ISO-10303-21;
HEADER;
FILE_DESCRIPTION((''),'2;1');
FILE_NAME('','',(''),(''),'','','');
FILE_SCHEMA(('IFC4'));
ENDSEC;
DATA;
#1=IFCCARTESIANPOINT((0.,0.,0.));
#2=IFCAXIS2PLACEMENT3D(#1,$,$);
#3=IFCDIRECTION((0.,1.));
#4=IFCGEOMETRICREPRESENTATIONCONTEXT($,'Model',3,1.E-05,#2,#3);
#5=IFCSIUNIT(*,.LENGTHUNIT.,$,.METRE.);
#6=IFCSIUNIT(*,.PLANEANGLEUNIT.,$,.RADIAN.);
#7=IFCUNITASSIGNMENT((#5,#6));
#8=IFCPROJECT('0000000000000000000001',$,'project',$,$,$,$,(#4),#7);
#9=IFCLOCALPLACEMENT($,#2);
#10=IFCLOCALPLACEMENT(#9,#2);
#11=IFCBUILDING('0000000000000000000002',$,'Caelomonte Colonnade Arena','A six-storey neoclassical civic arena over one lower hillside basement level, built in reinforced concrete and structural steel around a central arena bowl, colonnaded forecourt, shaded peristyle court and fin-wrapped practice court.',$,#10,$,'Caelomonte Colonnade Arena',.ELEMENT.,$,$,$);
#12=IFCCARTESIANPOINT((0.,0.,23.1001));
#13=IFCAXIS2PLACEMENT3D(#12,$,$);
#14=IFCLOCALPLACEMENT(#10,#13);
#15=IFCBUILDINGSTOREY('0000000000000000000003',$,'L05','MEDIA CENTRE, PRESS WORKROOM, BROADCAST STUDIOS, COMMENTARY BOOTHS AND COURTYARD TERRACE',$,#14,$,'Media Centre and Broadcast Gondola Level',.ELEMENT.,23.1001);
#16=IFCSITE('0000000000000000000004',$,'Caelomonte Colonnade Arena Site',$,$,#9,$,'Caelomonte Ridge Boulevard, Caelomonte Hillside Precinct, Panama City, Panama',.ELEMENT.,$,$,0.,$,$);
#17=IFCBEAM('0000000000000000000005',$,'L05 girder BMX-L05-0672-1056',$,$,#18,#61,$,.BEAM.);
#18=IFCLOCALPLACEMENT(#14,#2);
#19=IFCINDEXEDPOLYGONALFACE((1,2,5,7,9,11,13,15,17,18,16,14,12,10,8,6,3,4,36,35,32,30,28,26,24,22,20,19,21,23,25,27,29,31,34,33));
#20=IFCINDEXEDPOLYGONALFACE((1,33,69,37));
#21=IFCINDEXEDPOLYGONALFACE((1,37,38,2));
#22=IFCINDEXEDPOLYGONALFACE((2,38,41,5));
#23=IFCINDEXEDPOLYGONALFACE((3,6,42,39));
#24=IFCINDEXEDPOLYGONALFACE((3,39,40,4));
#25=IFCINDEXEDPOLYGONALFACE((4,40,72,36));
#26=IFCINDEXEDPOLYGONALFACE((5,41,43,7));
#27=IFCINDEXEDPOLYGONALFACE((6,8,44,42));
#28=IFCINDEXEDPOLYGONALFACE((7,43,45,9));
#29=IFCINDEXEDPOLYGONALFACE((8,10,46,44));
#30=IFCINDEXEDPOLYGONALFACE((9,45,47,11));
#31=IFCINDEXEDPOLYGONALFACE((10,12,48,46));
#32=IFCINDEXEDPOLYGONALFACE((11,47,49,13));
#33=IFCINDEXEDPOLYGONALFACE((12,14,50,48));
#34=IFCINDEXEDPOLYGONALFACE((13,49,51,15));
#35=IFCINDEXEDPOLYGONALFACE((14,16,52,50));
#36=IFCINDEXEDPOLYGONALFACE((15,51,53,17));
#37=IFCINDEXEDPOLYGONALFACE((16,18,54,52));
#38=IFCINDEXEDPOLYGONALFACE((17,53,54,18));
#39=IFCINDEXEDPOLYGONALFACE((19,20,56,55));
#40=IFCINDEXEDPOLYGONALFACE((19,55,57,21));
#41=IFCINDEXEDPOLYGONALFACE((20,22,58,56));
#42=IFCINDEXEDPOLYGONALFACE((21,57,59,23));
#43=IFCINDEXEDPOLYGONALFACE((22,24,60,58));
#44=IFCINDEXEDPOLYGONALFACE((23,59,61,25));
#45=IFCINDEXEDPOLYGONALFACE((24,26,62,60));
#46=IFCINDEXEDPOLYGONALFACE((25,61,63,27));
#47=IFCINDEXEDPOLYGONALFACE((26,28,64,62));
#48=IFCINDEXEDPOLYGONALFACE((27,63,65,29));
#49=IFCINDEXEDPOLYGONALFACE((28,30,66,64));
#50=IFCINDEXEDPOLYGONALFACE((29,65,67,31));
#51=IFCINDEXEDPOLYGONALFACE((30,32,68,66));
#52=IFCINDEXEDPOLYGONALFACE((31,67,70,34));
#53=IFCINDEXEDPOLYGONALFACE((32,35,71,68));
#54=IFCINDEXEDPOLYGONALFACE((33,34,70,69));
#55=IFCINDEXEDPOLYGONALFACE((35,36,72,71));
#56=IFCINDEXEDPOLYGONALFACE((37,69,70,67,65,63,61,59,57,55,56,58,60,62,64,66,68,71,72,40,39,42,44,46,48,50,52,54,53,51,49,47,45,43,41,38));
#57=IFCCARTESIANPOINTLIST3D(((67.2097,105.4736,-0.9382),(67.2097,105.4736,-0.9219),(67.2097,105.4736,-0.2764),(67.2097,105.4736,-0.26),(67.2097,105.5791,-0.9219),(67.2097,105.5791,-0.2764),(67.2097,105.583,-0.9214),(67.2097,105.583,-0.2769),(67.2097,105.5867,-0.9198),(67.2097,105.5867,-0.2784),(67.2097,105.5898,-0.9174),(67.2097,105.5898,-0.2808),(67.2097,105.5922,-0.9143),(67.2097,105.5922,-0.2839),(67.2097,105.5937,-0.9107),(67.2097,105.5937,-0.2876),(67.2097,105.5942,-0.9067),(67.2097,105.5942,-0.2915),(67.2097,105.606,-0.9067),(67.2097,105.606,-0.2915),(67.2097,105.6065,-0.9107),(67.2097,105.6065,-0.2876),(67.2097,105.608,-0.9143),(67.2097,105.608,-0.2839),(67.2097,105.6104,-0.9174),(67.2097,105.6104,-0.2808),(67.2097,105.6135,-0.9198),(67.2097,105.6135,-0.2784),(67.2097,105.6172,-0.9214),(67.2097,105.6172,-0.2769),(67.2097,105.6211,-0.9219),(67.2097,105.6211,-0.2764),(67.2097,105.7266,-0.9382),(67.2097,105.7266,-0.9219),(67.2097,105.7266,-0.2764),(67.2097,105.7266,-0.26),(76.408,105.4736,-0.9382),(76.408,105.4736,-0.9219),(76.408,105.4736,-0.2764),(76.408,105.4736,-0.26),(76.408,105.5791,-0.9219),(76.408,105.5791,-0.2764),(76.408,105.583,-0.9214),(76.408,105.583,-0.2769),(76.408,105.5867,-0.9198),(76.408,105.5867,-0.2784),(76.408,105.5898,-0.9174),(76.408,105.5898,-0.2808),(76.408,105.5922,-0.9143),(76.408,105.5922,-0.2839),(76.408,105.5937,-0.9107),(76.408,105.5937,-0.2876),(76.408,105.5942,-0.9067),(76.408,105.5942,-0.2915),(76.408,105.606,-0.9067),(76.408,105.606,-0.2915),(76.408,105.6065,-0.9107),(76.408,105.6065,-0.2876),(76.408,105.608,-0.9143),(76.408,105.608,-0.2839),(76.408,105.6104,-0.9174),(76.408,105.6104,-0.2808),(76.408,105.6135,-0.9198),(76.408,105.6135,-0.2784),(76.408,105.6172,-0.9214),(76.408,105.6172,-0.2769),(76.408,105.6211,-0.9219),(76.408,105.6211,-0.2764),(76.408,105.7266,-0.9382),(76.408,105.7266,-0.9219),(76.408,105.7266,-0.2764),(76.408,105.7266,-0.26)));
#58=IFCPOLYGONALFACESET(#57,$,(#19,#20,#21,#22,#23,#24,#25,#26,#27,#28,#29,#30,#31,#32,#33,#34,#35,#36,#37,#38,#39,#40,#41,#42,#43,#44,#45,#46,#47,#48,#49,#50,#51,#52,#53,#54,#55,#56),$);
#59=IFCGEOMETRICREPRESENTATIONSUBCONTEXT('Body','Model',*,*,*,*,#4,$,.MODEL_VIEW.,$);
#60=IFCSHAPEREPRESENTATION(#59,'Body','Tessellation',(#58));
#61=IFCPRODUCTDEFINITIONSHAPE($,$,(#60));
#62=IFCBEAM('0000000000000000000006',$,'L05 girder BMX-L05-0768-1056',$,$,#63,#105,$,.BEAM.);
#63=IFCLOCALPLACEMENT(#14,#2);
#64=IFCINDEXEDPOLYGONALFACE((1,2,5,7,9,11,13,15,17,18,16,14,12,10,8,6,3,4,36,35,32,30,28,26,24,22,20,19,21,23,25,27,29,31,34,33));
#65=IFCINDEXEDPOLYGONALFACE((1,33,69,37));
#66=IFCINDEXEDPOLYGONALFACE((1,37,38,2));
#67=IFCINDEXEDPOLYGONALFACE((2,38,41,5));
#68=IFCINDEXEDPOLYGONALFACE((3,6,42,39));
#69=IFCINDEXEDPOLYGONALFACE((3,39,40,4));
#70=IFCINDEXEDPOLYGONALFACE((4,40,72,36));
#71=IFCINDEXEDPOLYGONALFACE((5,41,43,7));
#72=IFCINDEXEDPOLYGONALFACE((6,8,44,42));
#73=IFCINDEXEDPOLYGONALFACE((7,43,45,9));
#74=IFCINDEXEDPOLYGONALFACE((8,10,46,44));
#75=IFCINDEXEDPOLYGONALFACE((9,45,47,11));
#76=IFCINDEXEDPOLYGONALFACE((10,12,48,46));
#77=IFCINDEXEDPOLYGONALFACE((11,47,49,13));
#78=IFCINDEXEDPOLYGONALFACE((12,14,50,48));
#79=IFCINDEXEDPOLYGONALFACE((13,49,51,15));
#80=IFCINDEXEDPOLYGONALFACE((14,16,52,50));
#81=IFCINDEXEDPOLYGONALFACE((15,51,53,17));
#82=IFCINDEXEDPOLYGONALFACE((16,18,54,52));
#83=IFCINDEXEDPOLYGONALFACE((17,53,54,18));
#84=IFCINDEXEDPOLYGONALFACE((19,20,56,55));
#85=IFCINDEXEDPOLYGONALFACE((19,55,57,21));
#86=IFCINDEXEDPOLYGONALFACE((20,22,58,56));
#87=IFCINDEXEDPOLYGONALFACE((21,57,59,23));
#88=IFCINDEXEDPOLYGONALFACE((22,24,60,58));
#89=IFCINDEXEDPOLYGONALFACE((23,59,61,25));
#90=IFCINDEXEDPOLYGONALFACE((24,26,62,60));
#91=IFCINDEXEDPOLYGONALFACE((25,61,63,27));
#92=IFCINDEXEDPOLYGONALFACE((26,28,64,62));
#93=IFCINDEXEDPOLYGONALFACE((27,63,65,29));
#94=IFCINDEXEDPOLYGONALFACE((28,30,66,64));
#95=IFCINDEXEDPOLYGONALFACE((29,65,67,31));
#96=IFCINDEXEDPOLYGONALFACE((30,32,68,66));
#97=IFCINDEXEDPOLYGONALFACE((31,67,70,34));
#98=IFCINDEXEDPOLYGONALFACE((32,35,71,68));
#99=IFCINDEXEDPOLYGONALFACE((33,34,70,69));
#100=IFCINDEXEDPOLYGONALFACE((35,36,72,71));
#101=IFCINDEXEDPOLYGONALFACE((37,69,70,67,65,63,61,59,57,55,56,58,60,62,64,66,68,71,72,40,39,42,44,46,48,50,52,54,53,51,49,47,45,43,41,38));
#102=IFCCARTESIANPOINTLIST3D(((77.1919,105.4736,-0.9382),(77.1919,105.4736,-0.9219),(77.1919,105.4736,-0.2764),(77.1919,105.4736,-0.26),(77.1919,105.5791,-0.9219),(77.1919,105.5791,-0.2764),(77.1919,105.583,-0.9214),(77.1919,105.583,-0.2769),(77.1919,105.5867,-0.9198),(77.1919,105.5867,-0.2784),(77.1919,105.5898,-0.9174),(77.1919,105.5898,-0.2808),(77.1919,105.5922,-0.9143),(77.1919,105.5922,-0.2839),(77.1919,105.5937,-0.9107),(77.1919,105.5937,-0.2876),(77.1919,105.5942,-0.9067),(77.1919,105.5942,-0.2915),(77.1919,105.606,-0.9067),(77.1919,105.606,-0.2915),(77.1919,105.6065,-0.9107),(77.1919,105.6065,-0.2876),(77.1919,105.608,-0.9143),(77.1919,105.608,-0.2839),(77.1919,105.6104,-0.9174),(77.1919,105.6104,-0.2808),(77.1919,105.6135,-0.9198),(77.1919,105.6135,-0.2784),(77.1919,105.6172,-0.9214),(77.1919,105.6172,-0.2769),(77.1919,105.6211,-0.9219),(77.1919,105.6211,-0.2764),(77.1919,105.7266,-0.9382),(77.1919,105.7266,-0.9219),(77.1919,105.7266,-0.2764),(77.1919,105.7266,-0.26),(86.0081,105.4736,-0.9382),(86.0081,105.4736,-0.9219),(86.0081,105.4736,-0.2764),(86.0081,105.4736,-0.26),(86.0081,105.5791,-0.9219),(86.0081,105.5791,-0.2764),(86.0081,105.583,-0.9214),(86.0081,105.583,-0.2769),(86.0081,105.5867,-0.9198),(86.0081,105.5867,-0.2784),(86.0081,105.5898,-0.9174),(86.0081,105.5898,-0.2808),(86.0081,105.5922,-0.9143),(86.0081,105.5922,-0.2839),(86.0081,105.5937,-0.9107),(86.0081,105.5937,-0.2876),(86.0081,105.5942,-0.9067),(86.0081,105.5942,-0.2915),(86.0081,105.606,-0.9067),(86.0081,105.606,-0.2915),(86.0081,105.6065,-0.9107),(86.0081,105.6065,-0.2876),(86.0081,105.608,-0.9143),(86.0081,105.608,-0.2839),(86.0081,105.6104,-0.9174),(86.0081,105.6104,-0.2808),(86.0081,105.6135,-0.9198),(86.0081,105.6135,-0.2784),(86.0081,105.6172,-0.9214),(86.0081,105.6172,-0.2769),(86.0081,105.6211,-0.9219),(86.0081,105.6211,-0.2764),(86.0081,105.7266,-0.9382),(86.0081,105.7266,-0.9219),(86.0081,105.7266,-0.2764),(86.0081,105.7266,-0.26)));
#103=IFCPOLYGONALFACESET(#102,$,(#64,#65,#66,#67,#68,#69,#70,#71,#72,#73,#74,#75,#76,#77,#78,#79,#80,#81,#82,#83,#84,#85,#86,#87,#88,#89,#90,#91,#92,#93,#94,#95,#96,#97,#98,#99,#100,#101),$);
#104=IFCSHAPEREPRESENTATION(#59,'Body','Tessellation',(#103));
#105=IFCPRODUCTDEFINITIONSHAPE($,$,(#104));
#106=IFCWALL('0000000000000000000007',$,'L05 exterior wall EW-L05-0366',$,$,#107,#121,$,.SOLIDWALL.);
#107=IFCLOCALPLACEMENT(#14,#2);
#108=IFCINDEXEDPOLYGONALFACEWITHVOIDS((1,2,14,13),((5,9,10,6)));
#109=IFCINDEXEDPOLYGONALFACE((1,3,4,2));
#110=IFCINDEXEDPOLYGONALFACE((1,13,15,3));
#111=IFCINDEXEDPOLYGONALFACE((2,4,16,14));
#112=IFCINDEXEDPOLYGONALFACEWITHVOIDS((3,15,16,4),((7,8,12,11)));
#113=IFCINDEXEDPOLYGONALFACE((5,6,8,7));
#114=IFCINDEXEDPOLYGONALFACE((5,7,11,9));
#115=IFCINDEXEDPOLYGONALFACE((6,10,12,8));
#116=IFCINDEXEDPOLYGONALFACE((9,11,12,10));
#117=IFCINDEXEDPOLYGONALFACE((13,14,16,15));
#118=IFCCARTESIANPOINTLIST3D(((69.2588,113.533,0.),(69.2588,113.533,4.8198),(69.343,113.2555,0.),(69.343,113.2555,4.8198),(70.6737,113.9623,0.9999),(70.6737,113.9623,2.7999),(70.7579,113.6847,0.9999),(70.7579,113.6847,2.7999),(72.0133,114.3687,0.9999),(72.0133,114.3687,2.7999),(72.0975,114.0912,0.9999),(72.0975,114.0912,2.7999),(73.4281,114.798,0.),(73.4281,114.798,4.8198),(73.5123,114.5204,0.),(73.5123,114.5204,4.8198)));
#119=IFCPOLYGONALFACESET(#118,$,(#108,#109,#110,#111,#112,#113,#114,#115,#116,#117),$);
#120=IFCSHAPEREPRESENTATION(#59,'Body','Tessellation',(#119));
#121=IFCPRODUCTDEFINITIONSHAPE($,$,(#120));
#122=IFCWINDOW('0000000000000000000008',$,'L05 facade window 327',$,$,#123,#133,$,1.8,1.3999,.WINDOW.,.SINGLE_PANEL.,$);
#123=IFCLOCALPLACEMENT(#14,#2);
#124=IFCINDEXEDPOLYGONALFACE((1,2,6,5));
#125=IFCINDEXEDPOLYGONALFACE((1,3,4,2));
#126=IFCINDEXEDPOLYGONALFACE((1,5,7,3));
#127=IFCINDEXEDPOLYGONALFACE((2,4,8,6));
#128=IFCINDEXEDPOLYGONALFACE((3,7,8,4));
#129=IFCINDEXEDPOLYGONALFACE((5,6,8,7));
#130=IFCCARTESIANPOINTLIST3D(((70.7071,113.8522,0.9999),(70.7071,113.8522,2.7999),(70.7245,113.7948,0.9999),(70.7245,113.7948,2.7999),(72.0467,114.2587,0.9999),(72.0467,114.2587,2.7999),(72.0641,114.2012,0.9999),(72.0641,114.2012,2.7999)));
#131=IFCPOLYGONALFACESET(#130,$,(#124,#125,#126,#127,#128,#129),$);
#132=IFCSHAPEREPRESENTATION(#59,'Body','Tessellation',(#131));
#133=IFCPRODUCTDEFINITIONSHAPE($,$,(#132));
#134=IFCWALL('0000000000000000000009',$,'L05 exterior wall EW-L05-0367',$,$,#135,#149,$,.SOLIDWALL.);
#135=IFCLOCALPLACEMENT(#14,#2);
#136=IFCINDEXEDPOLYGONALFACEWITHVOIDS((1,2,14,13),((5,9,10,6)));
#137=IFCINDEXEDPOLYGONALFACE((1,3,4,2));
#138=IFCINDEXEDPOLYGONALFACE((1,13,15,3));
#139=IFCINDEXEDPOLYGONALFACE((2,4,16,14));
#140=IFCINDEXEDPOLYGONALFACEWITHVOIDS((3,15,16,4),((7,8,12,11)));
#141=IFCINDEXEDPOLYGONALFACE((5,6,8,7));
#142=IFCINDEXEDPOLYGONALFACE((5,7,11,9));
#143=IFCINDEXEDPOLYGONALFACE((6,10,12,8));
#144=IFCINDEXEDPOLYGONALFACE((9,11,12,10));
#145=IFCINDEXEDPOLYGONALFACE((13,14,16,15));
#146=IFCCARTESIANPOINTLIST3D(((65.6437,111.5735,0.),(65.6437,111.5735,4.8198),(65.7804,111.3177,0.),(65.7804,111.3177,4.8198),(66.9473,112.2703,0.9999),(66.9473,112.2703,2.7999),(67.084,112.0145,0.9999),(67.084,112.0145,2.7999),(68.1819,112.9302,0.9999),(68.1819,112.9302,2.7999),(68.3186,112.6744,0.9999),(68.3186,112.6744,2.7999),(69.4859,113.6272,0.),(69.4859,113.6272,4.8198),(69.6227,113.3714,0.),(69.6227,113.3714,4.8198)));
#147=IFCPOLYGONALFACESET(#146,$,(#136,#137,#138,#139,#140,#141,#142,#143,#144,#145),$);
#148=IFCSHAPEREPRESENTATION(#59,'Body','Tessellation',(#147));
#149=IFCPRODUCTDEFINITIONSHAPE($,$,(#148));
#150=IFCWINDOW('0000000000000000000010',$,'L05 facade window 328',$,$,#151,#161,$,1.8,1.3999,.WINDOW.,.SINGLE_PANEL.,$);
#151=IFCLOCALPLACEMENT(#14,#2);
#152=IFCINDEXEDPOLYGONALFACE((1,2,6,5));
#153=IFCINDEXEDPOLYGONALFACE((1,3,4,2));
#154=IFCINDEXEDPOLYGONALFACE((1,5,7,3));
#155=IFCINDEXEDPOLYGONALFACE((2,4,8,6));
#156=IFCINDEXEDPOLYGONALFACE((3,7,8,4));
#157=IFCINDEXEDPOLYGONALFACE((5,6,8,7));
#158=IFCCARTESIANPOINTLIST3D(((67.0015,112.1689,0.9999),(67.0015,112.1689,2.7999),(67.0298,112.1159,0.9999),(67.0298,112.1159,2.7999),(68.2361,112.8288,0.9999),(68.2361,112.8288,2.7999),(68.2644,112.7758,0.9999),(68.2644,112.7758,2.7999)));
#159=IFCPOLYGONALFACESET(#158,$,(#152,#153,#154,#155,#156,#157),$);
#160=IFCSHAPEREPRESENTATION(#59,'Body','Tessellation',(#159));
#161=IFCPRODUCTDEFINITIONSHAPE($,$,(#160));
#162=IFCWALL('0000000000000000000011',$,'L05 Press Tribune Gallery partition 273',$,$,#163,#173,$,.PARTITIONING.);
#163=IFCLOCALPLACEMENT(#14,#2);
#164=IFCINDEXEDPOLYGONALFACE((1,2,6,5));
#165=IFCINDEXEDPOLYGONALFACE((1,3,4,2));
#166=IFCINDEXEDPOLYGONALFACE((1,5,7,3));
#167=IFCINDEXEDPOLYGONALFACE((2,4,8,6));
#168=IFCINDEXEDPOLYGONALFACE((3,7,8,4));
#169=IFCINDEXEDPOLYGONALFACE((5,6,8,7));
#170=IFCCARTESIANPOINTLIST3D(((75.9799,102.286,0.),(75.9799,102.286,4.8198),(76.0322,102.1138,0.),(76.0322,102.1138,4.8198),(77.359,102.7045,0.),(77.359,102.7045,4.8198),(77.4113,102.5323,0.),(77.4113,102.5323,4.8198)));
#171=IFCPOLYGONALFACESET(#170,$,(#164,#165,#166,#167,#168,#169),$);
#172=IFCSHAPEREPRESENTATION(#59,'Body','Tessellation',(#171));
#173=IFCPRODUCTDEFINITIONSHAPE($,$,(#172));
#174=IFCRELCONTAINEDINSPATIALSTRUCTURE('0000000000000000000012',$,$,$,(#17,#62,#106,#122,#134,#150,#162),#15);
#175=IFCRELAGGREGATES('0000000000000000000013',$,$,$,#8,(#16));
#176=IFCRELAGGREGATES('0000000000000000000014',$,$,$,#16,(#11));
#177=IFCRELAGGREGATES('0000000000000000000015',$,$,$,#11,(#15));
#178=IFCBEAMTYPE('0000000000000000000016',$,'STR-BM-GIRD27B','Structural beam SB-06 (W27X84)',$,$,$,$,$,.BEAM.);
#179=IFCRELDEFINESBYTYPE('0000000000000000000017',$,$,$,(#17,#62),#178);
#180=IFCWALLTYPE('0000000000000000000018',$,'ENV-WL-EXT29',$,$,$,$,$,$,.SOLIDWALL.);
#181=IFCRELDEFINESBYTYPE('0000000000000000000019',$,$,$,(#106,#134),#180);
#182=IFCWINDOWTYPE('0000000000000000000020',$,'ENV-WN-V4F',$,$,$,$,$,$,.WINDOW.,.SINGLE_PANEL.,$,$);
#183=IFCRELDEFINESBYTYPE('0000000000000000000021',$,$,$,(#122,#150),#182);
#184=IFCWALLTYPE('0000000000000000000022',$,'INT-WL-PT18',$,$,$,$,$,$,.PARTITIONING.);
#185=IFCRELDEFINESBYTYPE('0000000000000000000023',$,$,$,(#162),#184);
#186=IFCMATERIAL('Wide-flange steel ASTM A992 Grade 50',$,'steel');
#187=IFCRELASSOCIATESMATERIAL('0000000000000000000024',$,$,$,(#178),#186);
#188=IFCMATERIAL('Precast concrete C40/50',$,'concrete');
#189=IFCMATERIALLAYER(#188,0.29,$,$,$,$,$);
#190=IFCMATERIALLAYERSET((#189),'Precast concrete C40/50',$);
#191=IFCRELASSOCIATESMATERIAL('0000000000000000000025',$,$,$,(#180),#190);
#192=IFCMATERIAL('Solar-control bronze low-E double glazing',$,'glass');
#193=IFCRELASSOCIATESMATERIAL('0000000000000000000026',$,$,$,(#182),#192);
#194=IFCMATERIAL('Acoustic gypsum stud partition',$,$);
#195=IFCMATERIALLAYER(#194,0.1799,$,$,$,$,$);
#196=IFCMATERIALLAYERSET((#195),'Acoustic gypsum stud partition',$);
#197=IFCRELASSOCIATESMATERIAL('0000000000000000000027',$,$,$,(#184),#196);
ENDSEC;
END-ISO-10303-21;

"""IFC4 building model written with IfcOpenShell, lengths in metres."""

from ifc_helpers import new_model, si_unit, direction, frame, frame_2d, origin, origin_2d, place, context, subcontext, project, spatial, rectangle, i_section, extrude, material, layer, layer_set, material_profile, profile_set, type_object, element, fill, save


model = new_model("IFC4")

# Units and contexts
model_context = context("Model", 3, precision=1e-05, world=origin(), true_north=direction((0.0, 1.0)))
body_context = subcontext(model_context, "Body", "Model", "MODEL_VIEW")
ifc_project = project(units=[si_unit("LENGTHUNIT", "METRE"), si_unit("PLANEANGLEUNIT", "RADIAN")], contexts=[model_context])

# Site, building, storey
site_placement = place(None, origin())
site = spatial("IfcSite", under=ifc_project, at=site_placement, Name="Caelomonte Colonnade Arena Site", LongName="Caelomonte Ridge Boulevard, Caelomonte Hillside Precinct, Panama City, Panama", CompositionType="ELEMENT", RefElevation=0.0)
building_placement = place(site_placement, origin())
building = spatial("IfcBuilding", under=site, at=building_placement, Name="Caelomonte Colonnade Arena", Description="A six-storey neoclassical civic arena over one lower hillside basement level, built in reinforced concrete and structural steel around a central arena bowl, colonnaded forecourt, shaded peristyle court and fin-wrapped practice court.", LongName="Caelomonte Colonnade Arena", CompositionType="ELEMENT")
storey_placement = place(building_placement, frame((0.0, 0.0, 23.1001)))
storey = spatial("IfcBuildingStorey", under=building, at=storey_placement, Name="L05", Description="MEDIA CENTRE, PRESS WORKROOM, BROADCAST STUDIOS, COMMENTARY BOOTHS AND COURTYARD TERRACE", LongName="Media Centre and Broadcast Gondola Level", CompositionType="ELEMENT", Elevation=23.1001)

# Shared definitions
ifc_material_1 = material(Name="Wide-flange steel ASTM A992 Grade 50", Category="steel")

# Beams
ifc_material_profile_1 = material_profile(ifc_material_1, i_section(OverallWidth=0.2529, OverallDepth=0.6782, WebThickness=0.0117, FlangeThickness=0.0164, FilletRadius=0.0151, at=origin_2d()), Name="W27X84")
ifc_profile_set_1 = profile_set([ifc_material_profile_1], Name="Wide-flange steel ASTM A992 Grade 50")
beam_type_1 = type_object("IfcBeamType", Name="STR-BM-GIRD27B", Description="Structural beam SB-06 (W27X84)", PredefinedType="BEAM", material=ifc_profile_set_1)
beam_1_placement = place(storey_placement, frame((67.2097, 105.6001, -0.5991), z_axis=(1.0, 0.0, 0.0), x_axis=(0.0, 1.0, 0.0)))
element("IfcBeam", 1, at=beam_1_placement, inside=storey, type_object=beam_type_1, Name="L05 girder BMX-L05-0672-1056", PredefinedType="BEAM", context=body_context, shape_type="SweptSolid", body=[
    extrude(i_section(OverallWidth=0.2529, OverallDepth=0.6782, WebThickness=0.0117, FlangeThickness=0.0164, FilletRadius=0.0151, at=origin_2d()), origin(), (0.0, 0.0, 1.0), 9.1982),
])
beam_2_placement = place(storey_placement, frame((77.1919, 105.6001, -0.5991), z_axis=(1.0, 0.0, 0.0), x_axis=(0.0, 1.0, 0.0)))
element("IfcBeam", 2, at=beam_2_placement, inside=storey, type_object=beam_type_1, Name="L05 girder BMX-L05-0768-1056", PredefinedType="BEAM", context=body_context, shape_type="SweptSolid", body=[
    extrude(i_section(OverallWidth=0.2529, OverallDepth=0.6782, WebThickness=0.0117, FlangeThickness=0.0164, FilletRadius=0.0151, at=origin_2d()), origin(), (0.0, 0.0, 1.0), 8.8162),
])

# Walls, openings, windows
ifc_material_2 = material(Name="Precast concrete C40/50", Category="concrete")
ifc_layer_1 = layer(ifc_material_2, 0.29)
ifc_layer_set_1 = layer_set([ifc_layer_1], Name="Precast concrete C40/50")
wall_type_1 = type_object("IfcWallType", Name="ENV-WL-EXT29", PredefinedType="SOLIDWALL", material=ifc_layer_set_1)
wall_1_placement = place(storey_placement, frame((73.4702, 114.6592, 0.0), z_axis=(0.0, 0.0, 1.0), x_axis=(-0.956929, -0.290323, 0.0)))
wall_1 = element("IfcWall", 3, at=wall_1_placement, inside=storey, type_object=wall_type_1, Name="L05 exterior wall EW-L05-0366", PredefinedType="SOLIDWALL", context=body_context, shape_type="SweptSolid", body=[
    extrude(rectangle(XDim=4.3569, YDim=0.29, at=frame_2d((2.1785, 0.0))), origin(), (0.0, 0.0, 1.0), 4.8198),
])
opening_1_placement = place(wall_1_placement, frame((2.8784, 0.0, 1.0), z_axis=(0.0, 0.0, 1.0), x_axis=(-1.0, 0.0, 0.0)))
opening_1 = element("IfcOpeningElement", 4, at=opening_1_placement, cuts=wall_1, PredefinedType="OPENING", context=body_context, shape_type="SweptSolid", body=[
    extrude(rectangle(XDim=1.3999, YDim=1.8, at=frame_2d((0.7, 0.8999))), frame((0.0, 0.155, 0.0), z_axis=(0.0, -1.0, 0.0), x_axis=(1.0, 0.0, 0.0)), (0.0, 0.0, 1.0), 0.3101),
])
ifc_material_3 = material(Name="Solar-control bronze low-E double glazing", Category="glass")
window_type = type_object("IfcWindowType", Name="ENV-WN-V4F", PartitioningType="SINGLE_PANEL", PredefinedType="WINDOW", material=ifc_material_3)
window_1_placement = place(opening_1_placement, origin())
window_1 = element("IfcWindow", 5, at=window_1_placement, inside=storey, type_object=window_type, Name="L05 facade window 327", OverallHeight=1.8, OverallWidth=1.3999, PartitioningType="SINGLE_PANEL", PredefinedType="WINDOW", context=body_context, shape_type="SweptSolid", body=[
    extrude(rectangle(XDim=1.3999, YDim=1.8, at=frame_2d((0.7, 0.8999))), frame((0.0, 0.03, 0.0), z_axis=(0.0, -1.0, 0.0), x_axis=(1.0, 0.0, 0.0)), (0.0, 0.0, 1.0), 0.0601),
])
fill(opening_1, window_1)
wall_2_placement = place(storey_placement, frame((69.5542, 113.4993, 0.0), z_axis=(0.0, 0.0, 1.0), x_axis=(-0.881924, -0.471391, 0.0)))
wall_2 = element("IfcWall", 6, at=wall_2_placement, inside=storey, type_object=wall_type_1, Name="L05 exterior wall EW-L05-0367", PredefinedType="SOLIDWALL", context=body_context, shape_type="SweptSolid", body=[
    extrude(rectangle(XDim=4.3567, YDim=0.29, at=frame_2d((2.1782, 0.0))), origin(), (0.0, 0.0, 1.0), 4.8198),
])
opening_2_placement = place(wall_2_placement, frame((2.8784, 0.0, 1.0), z_axis=(0.0, 0.0, 1.0), x_axis=(-1.0, 0.0, 0.0)))
opening_2 = element("IfcOpeningElement", 7, at=opening_2_placement, cuts=wall_2, PredefinedType="OPENING", context=body_context, shape_type="SweptSolid", body=[
    extrude(rectangle(XDim=1.3999, YDim=1.8, at=frame_2d((0.7, 0.8999))), frame((0.0, 0.155, 0.0), z_axis=(0.0, -1.0, 0.0), x_axis=(1.0, 0.0, 0.0)), (0.0, 0.0, 1.0), 0.3101),
])
window_2_placement = place(opening_2_placement, origin())
window_2 = element("IfcWindow", 8, at=window_2_placement, inside=storey, type_object=window_type, Name="L05 facade window 328", OverallHeight=1.8, OverallWidth=1.3999, PartitioningType="SINGLE_PANEL", PredefinedType="WINDOW", context=body_context, shape_type="SweptSolid", body=[
    extrude(rectangle(XDim=1.3999, YDim=1.8, at=frame_2d((0.7, 0.8999))), frame((0.0, 0.03, 0.0), z_axis=(0.0, -1.0, 0.0), x_axis=(1.0, 0.0, 0.0)), (0.0, 0.0, 1.0), 0.0601),
])
fill(opening_2, window_2)

# Wall
ifc_material_4 = material(Name="Acoustic gypsum stud partition")
ifc_layer_2 = layer(ifc_material_4, 0.1799)
ifc_layer_set_2 = layer_set([ifc_layer_2], Name="Acoustic gypsum stud partition")
wall_type_2 = type_object("IfcWallType", Name="INT-WL-PT18", PredefinedType="PARTITIONING", material=ifc_layer_set_2)
wall_3_placement = place(storey_placement, frame((77.3853, 102.6184, 0.0), z_axis=(0.0, 0.0, 1.0), x_axis=(-0.956922, -0.290346, 0.0)))
element("IfcWall", 9, at=wall_3_placement, inside=storey, type_object=wall_type_2, Name="L05 Press Tribune Gallery partition 273", PredefinedType="PARTITIONING", context=body_context, shape_type="SweptSolid", body=[
    extrude(rectangle(XDim=1.4412, YDim=0.1799, at=frame_2d((0.7207, 0.0))), origin(), (0.0, 0.0, 1.0), 4.8198),
])

save(model, "model.ifc")
